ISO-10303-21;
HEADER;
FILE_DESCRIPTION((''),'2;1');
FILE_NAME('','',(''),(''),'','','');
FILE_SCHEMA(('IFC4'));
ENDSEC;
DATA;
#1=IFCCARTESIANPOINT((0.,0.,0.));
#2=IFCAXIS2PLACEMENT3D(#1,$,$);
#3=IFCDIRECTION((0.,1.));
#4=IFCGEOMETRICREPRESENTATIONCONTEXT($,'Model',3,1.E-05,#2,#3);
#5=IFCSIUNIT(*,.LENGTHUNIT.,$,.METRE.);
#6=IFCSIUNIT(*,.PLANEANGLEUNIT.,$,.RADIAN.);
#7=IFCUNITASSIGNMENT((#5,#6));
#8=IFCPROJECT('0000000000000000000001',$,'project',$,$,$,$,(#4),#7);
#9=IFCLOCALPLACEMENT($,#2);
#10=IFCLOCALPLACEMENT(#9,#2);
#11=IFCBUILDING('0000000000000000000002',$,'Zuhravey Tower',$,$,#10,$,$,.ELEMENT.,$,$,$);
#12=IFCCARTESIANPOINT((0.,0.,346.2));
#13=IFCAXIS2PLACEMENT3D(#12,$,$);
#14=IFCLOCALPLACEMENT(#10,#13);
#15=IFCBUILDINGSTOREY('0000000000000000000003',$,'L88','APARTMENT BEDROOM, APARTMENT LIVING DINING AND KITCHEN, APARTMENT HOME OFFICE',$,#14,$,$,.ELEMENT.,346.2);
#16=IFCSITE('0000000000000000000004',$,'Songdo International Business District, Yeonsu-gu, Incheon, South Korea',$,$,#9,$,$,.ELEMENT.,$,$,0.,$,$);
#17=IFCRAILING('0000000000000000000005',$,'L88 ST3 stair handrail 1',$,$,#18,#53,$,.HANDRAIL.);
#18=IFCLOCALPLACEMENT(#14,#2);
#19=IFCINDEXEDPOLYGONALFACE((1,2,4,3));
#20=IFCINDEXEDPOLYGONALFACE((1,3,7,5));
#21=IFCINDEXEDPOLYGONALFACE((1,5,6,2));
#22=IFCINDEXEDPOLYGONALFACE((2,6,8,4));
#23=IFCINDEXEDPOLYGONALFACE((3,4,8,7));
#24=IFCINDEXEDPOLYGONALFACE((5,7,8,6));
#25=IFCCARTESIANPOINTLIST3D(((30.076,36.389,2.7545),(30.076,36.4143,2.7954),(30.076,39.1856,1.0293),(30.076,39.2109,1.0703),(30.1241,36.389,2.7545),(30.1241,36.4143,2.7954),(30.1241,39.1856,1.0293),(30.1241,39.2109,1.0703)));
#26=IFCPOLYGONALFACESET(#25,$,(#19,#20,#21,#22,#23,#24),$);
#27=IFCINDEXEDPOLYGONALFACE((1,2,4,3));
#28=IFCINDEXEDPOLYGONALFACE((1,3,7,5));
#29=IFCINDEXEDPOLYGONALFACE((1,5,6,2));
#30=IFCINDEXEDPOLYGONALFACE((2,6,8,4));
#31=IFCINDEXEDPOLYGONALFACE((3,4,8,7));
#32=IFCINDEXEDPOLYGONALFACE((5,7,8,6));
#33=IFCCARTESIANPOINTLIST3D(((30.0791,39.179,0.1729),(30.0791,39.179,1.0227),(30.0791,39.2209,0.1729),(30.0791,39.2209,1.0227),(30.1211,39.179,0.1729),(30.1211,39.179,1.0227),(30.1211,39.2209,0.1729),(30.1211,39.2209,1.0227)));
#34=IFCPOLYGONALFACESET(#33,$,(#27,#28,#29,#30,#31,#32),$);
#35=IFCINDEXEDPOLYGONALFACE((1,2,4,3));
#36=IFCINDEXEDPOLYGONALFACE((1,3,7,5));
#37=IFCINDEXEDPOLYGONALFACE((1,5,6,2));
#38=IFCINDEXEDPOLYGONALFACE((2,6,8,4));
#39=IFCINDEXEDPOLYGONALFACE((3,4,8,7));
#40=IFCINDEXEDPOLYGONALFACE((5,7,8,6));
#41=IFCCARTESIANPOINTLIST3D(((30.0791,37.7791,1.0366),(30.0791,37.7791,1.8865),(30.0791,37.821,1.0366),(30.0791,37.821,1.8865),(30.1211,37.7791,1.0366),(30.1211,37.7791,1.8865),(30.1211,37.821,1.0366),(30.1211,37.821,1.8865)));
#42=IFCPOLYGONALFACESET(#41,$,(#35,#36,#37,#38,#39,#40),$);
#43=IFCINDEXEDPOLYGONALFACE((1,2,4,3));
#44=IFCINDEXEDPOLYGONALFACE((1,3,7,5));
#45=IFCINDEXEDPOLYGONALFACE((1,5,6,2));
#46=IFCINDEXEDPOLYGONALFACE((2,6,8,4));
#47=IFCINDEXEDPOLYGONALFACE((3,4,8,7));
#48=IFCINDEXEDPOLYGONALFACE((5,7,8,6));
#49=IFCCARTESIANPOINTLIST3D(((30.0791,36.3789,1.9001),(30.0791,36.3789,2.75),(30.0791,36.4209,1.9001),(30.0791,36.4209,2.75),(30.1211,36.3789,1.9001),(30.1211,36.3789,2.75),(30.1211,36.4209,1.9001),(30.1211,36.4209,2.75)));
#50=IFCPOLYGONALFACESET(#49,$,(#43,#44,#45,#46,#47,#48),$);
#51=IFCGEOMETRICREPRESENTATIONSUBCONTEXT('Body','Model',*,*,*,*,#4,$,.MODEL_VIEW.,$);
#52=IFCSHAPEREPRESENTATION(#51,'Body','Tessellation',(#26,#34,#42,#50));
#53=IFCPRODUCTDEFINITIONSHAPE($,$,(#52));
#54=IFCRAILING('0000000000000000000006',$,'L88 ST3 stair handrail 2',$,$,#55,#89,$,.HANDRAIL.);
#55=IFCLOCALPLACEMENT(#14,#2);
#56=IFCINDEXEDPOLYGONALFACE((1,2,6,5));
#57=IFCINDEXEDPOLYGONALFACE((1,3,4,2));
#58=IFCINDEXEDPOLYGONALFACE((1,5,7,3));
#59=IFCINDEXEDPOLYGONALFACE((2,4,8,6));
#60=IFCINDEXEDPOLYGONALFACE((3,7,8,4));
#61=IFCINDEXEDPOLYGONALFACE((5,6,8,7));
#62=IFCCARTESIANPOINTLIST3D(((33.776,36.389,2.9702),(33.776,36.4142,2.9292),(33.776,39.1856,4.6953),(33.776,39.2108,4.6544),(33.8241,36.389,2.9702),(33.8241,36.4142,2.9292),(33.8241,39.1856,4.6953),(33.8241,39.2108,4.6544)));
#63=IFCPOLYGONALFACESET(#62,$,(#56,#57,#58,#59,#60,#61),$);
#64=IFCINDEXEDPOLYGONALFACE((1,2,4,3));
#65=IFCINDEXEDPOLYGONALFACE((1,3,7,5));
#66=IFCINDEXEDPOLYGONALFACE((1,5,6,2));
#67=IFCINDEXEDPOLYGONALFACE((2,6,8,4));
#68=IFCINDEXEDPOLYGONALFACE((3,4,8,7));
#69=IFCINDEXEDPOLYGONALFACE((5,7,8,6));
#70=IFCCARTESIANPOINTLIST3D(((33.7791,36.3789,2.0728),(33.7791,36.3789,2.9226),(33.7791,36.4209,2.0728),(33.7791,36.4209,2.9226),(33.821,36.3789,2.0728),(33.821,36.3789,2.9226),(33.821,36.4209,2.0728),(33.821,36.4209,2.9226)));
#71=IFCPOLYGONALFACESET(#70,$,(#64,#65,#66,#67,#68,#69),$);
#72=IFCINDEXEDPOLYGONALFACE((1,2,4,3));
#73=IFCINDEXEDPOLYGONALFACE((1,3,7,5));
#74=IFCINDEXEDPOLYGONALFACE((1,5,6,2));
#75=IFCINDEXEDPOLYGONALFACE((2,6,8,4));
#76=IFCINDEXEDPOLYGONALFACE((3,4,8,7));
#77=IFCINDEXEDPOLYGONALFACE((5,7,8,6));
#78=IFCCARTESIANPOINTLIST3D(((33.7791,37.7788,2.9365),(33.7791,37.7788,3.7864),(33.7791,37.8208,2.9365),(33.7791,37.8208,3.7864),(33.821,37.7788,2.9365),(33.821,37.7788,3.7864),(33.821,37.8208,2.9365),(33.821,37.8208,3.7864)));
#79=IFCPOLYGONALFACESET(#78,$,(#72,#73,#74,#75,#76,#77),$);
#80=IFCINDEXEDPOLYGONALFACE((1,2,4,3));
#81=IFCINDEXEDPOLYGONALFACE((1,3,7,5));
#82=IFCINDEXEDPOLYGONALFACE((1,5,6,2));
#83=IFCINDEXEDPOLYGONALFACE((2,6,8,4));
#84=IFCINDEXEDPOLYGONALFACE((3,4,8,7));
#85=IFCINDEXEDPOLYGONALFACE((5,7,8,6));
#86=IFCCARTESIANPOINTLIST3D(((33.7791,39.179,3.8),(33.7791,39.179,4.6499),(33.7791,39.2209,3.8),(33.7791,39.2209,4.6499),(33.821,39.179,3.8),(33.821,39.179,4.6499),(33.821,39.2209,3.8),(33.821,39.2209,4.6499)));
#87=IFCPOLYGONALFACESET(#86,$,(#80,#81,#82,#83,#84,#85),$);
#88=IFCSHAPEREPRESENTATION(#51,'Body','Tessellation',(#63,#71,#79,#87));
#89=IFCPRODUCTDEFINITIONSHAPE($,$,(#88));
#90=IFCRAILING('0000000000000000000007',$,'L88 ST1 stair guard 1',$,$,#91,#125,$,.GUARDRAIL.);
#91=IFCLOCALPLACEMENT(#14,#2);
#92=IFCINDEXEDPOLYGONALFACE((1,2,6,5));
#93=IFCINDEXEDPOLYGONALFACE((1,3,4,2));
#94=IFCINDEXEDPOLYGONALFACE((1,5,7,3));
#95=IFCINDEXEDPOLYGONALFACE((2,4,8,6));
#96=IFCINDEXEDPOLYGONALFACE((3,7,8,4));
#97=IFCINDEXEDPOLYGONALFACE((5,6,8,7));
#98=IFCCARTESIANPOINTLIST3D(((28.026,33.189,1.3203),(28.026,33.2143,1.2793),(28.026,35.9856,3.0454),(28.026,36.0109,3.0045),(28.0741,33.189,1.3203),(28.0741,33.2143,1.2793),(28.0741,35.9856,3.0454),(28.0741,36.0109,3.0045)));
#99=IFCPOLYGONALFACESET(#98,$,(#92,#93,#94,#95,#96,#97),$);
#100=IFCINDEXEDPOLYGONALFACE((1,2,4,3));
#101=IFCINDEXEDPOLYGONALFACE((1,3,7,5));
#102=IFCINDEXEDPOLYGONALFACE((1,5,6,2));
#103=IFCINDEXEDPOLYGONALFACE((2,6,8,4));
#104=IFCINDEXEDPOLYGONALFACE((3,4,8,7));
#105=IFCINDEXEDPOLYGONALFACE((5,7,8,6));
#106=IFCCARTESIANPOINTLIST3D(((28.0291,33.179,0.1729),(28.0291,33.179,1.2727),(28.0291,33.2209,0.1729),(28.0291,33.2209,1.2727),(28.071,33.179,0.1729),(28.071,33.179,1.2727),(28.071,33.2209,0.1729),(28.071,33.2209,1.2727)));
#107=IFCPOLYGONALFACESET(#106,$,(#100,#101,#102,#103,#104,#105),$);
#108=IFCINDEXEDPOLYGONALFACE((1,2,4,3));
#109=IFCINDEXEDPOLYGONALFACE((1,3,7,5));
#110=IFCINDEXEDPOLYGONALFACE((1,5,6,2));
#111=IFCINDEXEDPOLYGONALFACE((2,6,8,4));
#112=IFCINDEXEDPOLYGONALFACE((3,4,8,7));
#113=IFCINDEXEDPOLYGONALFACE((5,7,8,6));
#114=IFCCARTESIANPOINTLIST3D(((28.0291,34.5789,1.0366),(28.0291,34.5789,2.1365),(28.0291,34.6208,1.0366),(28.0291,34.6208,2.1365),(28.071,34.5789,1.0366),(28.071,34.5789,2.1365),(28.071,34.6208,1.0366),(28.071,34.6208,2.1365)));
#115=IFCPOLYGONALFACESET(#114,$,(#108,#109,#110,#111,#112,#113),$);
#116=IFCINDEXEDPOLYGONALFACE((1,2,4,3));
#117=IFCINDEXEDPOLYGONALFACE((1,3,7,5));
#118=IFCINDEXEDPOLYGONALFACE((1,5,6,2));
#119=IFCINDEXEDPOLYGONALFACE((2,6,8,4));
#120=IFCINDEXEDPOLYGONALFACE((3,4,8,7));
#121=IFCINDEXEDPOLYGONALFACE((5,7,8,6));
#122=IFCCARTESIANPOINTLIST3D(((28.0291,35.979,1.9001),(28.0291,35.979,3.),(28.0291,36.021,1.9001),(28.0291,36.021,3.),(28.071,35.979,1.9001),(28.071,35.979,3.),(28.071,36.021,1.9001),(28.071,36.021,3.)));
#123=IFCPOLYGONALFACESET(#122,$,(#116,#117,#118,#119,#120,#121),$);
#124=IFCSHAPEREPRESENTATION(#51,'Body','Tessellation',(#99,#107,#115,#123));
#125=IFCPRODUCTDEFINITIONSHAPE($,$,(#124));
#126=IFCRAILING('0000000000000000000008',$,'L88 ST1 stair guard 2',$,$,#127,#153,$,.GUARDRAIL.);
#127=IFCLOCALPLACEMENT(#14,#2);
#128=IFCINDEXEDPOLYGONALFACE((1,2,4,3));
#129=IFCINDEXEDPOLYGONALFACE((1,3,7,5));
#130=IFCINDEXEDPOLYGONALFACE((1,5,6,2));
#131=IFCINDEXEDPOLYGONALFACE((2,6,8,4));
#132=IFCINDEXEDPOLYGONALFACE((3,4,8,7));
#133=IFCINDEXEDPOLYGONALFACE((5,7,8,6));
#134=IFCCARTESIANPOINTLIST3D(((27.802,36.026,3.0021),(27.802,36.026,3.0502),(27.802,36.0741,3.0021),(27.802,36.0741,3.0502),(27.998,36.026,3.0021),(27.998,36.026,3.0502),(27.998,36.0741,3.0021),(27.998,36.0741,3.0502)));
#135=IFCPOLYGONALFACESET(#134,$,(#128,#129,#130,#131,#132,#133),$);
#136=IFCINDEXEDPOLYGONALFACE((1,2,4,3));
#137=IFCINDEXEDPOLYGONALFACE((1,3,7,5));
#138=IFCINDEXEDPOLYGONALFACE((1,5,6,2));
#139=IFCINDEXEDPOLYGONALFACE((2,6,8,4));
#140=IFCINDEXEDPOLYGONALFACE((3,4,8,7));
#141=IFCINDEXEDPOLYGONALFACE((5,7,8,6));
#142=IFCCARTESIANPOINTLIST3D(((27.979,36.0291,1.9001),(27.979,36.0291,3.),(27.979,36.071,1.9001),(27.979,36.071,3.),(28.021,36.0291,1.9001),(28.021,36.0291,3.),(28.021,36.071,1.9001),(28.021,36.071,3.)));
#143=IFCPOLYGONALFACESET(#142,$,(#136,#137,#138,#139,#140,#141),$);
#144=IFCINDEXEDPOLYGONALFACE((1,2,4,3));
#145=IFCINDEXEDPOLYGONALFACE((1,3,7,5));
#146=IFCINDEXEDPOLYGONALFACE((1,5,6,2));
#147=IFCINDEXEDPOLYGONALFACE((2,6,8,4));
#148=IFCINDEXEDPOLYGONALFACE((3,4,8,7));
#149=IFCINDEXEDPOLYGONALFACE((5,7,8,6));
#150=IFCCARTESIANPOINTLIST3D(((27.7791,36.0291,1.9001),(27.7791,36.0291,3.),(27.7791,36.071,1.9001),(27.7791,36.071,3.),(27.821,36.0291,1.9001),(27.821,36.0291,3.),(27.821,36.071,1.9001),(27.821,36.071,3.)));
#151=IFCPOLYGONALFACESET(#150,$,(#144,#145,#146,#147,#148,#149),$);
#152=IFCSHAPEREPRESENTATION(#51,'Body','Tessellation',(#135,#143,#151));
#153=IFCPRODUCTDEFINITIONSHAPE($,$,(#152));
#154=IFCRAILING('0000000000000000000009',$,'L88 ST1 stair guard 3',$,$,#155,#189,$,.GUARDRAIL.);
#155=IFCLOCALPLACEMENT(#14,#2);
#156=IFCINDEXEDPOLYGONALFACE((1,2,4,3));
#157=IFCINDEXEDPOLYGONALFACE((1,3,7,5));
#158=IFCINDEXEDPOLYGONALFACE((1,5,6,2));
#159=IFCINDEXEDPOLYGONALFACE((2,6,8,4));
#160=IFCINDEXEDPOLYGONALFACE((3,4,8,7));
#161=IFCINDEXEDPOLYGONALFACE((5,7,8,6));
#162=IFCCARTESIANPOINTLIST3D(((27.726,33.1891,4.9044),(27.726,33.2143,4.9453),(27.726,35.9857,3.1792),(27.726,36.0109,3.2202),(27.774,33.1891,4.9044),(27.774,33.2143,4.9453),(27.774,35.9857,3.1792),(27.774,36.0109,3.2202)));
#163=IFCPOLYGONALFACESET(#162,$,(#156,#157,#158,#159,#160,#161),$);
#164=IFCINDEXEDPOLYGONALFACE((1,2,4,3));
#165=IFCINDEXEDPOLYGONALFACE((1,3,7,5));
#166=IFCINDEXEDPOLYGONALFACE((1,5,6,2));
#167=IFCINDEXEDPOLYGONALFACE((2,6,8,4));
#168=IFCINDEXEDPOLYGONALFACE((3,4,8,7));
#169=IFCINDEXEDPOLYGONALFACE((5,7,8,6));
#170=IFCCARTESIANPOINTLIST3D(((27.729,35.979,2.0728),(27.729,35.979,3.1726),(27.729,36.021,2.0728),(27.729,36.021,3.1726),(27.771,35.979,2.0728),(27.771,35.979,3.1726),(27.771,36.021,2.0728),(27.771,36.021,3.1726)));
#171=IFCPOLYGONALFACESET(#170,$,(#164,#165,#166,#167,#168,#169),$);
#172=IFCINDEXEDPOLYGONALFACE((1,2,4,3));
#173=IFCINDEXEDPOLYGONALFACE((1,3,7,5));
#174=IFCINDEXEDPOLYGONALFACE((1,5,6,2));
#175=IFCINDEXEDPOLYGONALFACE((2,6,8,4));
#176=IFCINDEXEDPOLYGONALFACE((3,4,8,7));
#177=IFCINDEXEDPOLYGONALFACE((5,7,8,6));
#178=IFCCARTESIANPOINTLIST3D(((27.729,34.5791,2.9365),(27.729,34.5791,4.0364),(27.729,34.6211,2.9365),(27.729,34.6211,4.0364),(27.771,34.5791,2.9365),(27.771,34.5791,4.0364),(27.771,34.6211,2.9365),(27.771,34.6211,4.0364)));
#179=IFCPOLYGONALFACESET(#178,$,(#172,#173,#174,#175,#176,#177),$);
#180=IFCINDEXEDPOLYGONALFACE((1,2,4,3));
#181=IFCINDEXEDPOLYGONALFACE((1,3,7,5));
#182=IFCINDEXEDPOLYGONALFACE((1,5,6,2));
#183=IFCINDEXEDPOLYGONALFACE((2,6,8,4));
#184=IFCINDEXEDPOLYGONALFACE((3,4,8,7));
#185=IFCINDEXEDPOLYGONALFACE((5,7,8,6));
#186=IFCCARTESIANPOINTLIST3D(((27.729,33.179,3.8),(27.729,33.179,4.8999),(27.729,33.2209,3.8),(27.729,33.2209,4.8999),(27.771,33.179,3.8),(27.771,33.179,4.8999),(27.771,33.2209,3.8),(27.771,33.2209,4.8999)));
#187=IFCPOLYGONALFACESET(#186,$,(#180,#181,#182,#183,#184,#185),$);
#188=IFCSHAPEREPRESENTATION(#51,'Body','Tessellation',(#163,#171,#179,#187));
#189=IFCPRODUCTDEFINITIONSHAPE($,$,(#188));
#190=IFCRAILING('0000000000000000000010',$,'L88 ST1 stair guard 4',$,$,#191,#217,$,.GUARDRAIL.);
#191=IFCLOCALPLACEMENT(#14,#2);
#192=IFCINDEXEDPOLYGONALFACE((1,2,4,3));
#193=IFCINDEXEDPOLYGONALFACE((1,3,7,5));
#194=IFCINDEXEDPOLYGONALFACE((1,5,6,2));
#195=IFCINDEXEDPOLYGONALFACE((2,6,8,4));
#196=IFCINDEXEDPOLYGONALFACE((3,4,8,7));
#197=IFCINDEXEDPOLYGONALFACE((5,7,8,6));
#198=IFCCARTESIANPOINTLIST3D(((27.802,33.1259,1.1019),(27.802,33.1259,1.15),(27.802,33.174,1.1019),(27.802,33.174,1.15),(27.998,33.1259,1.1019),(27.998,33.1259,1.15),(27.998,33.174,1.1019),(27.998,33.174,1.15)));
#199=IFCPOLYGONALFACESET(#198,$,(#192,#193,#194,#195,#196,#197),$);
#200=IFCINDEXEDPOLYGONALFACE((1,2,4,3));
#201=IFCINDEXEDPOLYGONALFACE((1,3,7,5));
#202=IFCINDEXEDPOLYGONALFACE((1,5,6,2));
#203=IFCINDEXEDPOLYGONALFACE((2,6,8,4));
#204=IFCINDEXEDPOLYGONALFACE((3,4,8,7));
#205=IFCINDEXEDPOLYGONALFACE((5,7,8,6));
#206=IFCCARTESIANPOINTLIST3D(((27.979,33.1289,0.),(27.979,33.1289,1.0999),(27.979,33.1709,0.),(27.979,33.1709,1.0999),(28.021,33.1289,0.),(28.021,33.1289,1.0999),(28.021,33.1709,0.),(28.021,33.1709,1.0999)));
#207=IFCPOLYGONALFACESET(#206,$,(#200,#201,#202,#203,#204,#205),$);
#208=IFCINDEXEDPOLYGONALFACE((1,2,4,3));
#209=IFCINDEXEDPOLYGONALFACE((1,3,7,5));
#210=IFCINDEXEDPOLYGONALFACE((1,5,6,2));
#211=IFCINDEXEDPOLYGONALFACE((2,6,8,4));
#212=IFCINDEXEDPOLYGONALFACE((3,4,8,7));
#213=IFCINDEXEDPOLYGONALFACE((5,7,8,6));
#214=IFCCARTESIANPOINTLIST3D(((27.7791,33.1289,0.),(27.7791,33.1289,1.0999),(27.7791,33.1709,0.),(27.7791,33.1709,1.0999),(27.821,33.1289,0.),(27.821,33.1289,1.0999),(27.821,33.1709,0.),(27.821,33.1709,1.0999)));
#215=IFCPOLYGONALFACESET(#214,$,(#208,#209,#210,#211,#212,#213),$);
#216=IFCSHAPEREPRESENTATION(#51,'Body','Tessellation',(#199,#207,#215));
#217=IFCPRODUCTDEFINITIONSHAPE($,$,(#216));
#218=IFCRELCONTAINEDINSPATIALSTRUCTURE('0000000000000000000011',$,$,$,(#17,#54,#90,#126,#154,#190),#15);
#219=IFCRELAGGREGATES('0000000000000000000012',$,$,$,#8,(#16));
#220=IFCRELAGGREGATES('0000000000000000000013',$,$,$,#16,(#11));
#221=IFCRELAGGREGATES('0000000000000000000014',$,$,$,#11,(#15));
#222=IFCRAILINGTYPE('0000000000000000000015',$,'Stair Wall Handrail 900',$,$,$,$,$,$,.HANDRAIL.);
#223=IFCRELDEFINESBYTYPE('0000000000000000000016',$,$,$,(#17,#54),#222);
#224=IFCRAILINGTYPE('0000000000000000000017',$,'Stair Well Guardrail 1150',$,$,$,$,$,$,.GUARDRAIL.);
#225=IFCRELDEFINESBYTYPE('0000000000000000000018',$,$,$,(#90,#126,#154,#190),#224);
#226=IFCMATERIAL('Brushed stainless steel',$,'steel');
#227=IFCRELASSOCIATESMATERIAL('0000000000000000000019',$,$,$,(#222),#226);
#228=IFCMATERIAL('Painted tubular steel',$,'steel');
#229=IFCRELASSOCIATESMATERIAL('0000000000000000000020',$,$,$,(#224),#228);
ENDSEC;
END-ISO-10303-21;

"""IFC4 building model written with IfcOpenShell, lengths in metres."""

from ifc_helpers import new_model, si_unit, direction, frame, origin, origin_2d, place, context, subcontext, project, spatial, rectangle, extrude, material, type_object, element, save


model = new_model("IFC4")

# Units and contexts
model_context = context("Model", 3, precision=1e-05, world=origin(), true_north=direction((0.0, 1.0)))
body_context = subcontext(model_context, "Body", "Model", "MODEL_VIEW")
ifc_project = project(units=[si_unit("LENGTHUNIT", "METRE"), si_unit("PLANEANGLEUNIT", "RADIAN")], contexts=[model_context])

# Site, building, storey
site_placement = place(None, origin())
site = spatial("IfcSite", under=ifc_project, at=site_placement, Name="Songdo International Business District, Yeonsu-gu, Incheon, South Korea", CompositionType="ELEMENT", RefElevation=0.0)
building_placement = place(site_placement, origin())
building = spatial("IfcBuilding", under=site, at=building_placement, Name="Zuhravey Tower", CompositionType="ELEMENT")
storey_placement = place(building_placement, frame((0.0, 0.0, 346.2)))
storey = spatial("IfcBuildingStorey", under=building, at=storey_placement, Name="L88", Description="APARTMENT BEDROOM, APARTMENT LIVING DINING AND KITCHEN, APARTMENT HOME OFFICE", CompositionType="ELEMENT", Elevation=346.2)

# Railings
ifc_material_1 = material(Name="Brushed stainless steel", Category="steel")
railing_type_1 = type_object("IfcRailingType", Name="Stair Wall Handrail 900", PredefinedType="HANDRAIL", material=ifc_material_1)
for number, where, name in (
    (1, (30.1001, 39.2, 0.1729), "L88 ST3 stair handrail 1"),
):
    element("IfcRailing", number, at=place(storey_placement, frame(where)), inside=storey, type_object=railing_type_1, Name=name, PredefinedType="HANDRAIL", context=body_context, shape_type="SweptSolid", body=[
        extrude(rectangle(XDim=0.0481, YDim=0.0481, at=origin_2d()), frame((0.0, -0.0017, 0.877), z_axis=(0.0, -0.85109, 0.52502), x_axis=(1.0, 0.0, 0.0)), (0.0, 0.0, 1.0), 3.2859),
        extrude(rectangle(XDim=0.042, YDim=0.042, at=origin_2d()), origin(), (0.0, 0.0, 1.0), 0.8499),
        extrude(rectangle(XDim=0.042, YDim=0.042, at=origin_2d()), frame((0.0, -1.3999, 0.8638)), (0.0, 0.0, 1.0), 0.8499),
        extrude(rectangle(XDim=0.042, YDim=0.042, at=origin_2d()), frame((0.0, -2.8, 1.7273)), (0.0, 0.0, 1.0), 0.8499),
    ])
railing_1_placement = place(storey_placement, frame((33.8, 36.3999, 2.0728)))
element("IfcRailing", 2, at=railing_1_placement, inside=storey, type_object=railing_type_1, Name="L88 ST3 stair handrail 2", PredefinedType="HANDRAIL", context=body_context, shape_type="SweptSolid", body=[
    extrude(rectangle(XDim=0.0481, YDim=0.0481, at=origin_2d()), frame((0.0, 0.0017, 0.877), z_axis=(0.0, 0.85109, 0.52502), x_axis=(-1.0, 0.0, 0.0)), (0.0, 0.0, 1.0), 3.2859),
    extrude(rectangle(XDim=0.042, YDim=0.042, at=origin_2d()), origin(), (0.0, 0.0, 1.0), 0.8499),
    extrude(rectangle(XDim=0.042, YDim=0.042, at=origin_2d()), frame((0.0, 1.3999, 0.8638)), (0.0, 0.0, 1.0), 0.8499),
    extrude(rectangle(XDim=0.042, YDim=0.042, at=origin_2d()), frame((0.0, 2.8, 1.7273)), (0.0, 0.0, 1.0), 0.8499),
])
ifc_material_2 = material(Name="Painted tubular steel", Category="steel")
railing_type_2 = type_object("IfcRailingType", Name="Stair Well Guardrail 1150", PredefinedType="GUARDRAIL", material=ifc_material_2)
railing_2_placement = place(storey_placement, frame((28.05, 33.2, 0.1729)))
element("IfcRailing", 3, at=railing_2_placement, inside=storey, type_object=railing_type_2, Name="L88 ST1 stair guard 1", PredefinedType="GUARDRAIL", context=body_context, shape_type="SweptSolid", body=[
    extrude(rectangle(XDim=0.0481, YDim=0.0481, at=origin_2d()), frame((0.0, 0.0017, 1.127), z_axis=(0.0, 0.85109, 0.52502), x_axis=(-1.0, 0.0, 0.0)), (0.0, 0.0, 1.0), 3.2859),
    extrude(rectangle(XDim=0.042, YDim=0.042, at=origin_2d()), origin(), (0.0, 0.0, 1.0), 1.0999),
    extrude(rectangle(XDim=0.042, YDim=0.042, at=origin_2d()), frame((0.0, 1.3999, 0.8638)), (0.0, 0.0, 1.0), 1.0999),
    extrude(rectangle(XDim=0.042, YDim=0.042, at=origin_2d()), frame((0.0, 2.8, 1.7273)), (0.0, 0.0, 1.0), 1.0999),
])
railing_3_placement = place(storey_placement, frame((28.0, 36.05, 1.9001)))
element("IfcRailing", 4, at=railing_3_placement, inside=storey, type_object=railing_type_2, Name="L88 ST1 stair guard 2", PredefinedType="GUARDRAIL", context=body_context, shape_type="SweptSolid", body=[
    extrude(rectangle(XDim=0.0481, YDim=0.0481, at=origin_2d()), frame((-0.002, 0.0, 1.126), z_axis=(-1.0, 0.0, 0.0), x_axis=(0.0, -1.0, 0.0)), (0.0, 0.0, 1.0), 0.196),
    extrude(rectangle(XDim=0.042, YDim=0.042, at=origin_2d()), origin(), (0.0, 0.0, 1.0), 1.0999),
    extrude(rectangle(XDim=0.042, YDim=0.042, at=origin_2d()), frame((-0.2, 0.0, 0.0)), (0.0, 0.0, 1.0), 1.0999),
])
railing_4_placement = place(storey_placement, frame((27.75, 36.0, 2.0728)))
element("IfcRailing", 5, at=railing_4_placement, inside=storey, type_object=railing_type_2, Name="L88 ST1 stair guard 3", PredefinedType="GUARDRAIL", context=body_context, shape_type="SweptSolid", body=[
    extrude(rectangle(XDim=0.0481, YDim=0.0481, at=origin_2d()), frame((0.0, -0.0017, 1.127), z_axis=(0.0, -0.85109, 0.52502), x_axis=(1.0, 0.0, 0.0)), (0.0, 0.0, 1.0), 3.2859),
    extrude(rectangle(XDim=0.042, YDim=0.042, at=origin_2d()), origin(), (0.0, 0.0, 1.0), 1.0999),
    extrude(rectangle(XDim=0.042, YDim=0.042, at=origin_2d()), frame((0.0, -1.3999, 0.8638)), (0.0, 0.0, 1.0), 1.0999),
    extrude(rectangle(XDim=0.042, YDim=0.042, at=origin_2d()), frame((0.0, -2.8, 1.7273)), (0.0, 0.0, 1.0), 1.0999),
])
railing_5_placement = place(storey_placement, frame((28.0, 33.1499, 0.0)))
element("IfcRailing", 6, at=railing_5_placement, inside=storey, type_object=railing_type_2, Name="L88 ST1 stair guard 4", PredefinedType="GUARDRAIL", context=body_context, shape_type="SweptSolid", body=[
    extrude(rectangle(XDim=0.0481, YDim=0.0481, at=origin_2d()), frame((-0.002, 0.0, 1.126), z_axis=(-1.0, 0.0, 0.0), x_axis=(0.0, -1.0, 0.0)), (0.0, 0.0, 1.0), 0.196),
    extrude(rectangle(XDim=0.042, YDim=0.042, at=origin_2d()), origin(), (0.0, 0.0, 1.0), 1.0999),
    extrude(rectangle(XDim=0.042, YDim=0.042, at=origin_2d()), frame((-0.2, 0.0, 0.0)), (0.0, 0.0, 1.0), 1.0999),
])

save(model, "model.ifc")
